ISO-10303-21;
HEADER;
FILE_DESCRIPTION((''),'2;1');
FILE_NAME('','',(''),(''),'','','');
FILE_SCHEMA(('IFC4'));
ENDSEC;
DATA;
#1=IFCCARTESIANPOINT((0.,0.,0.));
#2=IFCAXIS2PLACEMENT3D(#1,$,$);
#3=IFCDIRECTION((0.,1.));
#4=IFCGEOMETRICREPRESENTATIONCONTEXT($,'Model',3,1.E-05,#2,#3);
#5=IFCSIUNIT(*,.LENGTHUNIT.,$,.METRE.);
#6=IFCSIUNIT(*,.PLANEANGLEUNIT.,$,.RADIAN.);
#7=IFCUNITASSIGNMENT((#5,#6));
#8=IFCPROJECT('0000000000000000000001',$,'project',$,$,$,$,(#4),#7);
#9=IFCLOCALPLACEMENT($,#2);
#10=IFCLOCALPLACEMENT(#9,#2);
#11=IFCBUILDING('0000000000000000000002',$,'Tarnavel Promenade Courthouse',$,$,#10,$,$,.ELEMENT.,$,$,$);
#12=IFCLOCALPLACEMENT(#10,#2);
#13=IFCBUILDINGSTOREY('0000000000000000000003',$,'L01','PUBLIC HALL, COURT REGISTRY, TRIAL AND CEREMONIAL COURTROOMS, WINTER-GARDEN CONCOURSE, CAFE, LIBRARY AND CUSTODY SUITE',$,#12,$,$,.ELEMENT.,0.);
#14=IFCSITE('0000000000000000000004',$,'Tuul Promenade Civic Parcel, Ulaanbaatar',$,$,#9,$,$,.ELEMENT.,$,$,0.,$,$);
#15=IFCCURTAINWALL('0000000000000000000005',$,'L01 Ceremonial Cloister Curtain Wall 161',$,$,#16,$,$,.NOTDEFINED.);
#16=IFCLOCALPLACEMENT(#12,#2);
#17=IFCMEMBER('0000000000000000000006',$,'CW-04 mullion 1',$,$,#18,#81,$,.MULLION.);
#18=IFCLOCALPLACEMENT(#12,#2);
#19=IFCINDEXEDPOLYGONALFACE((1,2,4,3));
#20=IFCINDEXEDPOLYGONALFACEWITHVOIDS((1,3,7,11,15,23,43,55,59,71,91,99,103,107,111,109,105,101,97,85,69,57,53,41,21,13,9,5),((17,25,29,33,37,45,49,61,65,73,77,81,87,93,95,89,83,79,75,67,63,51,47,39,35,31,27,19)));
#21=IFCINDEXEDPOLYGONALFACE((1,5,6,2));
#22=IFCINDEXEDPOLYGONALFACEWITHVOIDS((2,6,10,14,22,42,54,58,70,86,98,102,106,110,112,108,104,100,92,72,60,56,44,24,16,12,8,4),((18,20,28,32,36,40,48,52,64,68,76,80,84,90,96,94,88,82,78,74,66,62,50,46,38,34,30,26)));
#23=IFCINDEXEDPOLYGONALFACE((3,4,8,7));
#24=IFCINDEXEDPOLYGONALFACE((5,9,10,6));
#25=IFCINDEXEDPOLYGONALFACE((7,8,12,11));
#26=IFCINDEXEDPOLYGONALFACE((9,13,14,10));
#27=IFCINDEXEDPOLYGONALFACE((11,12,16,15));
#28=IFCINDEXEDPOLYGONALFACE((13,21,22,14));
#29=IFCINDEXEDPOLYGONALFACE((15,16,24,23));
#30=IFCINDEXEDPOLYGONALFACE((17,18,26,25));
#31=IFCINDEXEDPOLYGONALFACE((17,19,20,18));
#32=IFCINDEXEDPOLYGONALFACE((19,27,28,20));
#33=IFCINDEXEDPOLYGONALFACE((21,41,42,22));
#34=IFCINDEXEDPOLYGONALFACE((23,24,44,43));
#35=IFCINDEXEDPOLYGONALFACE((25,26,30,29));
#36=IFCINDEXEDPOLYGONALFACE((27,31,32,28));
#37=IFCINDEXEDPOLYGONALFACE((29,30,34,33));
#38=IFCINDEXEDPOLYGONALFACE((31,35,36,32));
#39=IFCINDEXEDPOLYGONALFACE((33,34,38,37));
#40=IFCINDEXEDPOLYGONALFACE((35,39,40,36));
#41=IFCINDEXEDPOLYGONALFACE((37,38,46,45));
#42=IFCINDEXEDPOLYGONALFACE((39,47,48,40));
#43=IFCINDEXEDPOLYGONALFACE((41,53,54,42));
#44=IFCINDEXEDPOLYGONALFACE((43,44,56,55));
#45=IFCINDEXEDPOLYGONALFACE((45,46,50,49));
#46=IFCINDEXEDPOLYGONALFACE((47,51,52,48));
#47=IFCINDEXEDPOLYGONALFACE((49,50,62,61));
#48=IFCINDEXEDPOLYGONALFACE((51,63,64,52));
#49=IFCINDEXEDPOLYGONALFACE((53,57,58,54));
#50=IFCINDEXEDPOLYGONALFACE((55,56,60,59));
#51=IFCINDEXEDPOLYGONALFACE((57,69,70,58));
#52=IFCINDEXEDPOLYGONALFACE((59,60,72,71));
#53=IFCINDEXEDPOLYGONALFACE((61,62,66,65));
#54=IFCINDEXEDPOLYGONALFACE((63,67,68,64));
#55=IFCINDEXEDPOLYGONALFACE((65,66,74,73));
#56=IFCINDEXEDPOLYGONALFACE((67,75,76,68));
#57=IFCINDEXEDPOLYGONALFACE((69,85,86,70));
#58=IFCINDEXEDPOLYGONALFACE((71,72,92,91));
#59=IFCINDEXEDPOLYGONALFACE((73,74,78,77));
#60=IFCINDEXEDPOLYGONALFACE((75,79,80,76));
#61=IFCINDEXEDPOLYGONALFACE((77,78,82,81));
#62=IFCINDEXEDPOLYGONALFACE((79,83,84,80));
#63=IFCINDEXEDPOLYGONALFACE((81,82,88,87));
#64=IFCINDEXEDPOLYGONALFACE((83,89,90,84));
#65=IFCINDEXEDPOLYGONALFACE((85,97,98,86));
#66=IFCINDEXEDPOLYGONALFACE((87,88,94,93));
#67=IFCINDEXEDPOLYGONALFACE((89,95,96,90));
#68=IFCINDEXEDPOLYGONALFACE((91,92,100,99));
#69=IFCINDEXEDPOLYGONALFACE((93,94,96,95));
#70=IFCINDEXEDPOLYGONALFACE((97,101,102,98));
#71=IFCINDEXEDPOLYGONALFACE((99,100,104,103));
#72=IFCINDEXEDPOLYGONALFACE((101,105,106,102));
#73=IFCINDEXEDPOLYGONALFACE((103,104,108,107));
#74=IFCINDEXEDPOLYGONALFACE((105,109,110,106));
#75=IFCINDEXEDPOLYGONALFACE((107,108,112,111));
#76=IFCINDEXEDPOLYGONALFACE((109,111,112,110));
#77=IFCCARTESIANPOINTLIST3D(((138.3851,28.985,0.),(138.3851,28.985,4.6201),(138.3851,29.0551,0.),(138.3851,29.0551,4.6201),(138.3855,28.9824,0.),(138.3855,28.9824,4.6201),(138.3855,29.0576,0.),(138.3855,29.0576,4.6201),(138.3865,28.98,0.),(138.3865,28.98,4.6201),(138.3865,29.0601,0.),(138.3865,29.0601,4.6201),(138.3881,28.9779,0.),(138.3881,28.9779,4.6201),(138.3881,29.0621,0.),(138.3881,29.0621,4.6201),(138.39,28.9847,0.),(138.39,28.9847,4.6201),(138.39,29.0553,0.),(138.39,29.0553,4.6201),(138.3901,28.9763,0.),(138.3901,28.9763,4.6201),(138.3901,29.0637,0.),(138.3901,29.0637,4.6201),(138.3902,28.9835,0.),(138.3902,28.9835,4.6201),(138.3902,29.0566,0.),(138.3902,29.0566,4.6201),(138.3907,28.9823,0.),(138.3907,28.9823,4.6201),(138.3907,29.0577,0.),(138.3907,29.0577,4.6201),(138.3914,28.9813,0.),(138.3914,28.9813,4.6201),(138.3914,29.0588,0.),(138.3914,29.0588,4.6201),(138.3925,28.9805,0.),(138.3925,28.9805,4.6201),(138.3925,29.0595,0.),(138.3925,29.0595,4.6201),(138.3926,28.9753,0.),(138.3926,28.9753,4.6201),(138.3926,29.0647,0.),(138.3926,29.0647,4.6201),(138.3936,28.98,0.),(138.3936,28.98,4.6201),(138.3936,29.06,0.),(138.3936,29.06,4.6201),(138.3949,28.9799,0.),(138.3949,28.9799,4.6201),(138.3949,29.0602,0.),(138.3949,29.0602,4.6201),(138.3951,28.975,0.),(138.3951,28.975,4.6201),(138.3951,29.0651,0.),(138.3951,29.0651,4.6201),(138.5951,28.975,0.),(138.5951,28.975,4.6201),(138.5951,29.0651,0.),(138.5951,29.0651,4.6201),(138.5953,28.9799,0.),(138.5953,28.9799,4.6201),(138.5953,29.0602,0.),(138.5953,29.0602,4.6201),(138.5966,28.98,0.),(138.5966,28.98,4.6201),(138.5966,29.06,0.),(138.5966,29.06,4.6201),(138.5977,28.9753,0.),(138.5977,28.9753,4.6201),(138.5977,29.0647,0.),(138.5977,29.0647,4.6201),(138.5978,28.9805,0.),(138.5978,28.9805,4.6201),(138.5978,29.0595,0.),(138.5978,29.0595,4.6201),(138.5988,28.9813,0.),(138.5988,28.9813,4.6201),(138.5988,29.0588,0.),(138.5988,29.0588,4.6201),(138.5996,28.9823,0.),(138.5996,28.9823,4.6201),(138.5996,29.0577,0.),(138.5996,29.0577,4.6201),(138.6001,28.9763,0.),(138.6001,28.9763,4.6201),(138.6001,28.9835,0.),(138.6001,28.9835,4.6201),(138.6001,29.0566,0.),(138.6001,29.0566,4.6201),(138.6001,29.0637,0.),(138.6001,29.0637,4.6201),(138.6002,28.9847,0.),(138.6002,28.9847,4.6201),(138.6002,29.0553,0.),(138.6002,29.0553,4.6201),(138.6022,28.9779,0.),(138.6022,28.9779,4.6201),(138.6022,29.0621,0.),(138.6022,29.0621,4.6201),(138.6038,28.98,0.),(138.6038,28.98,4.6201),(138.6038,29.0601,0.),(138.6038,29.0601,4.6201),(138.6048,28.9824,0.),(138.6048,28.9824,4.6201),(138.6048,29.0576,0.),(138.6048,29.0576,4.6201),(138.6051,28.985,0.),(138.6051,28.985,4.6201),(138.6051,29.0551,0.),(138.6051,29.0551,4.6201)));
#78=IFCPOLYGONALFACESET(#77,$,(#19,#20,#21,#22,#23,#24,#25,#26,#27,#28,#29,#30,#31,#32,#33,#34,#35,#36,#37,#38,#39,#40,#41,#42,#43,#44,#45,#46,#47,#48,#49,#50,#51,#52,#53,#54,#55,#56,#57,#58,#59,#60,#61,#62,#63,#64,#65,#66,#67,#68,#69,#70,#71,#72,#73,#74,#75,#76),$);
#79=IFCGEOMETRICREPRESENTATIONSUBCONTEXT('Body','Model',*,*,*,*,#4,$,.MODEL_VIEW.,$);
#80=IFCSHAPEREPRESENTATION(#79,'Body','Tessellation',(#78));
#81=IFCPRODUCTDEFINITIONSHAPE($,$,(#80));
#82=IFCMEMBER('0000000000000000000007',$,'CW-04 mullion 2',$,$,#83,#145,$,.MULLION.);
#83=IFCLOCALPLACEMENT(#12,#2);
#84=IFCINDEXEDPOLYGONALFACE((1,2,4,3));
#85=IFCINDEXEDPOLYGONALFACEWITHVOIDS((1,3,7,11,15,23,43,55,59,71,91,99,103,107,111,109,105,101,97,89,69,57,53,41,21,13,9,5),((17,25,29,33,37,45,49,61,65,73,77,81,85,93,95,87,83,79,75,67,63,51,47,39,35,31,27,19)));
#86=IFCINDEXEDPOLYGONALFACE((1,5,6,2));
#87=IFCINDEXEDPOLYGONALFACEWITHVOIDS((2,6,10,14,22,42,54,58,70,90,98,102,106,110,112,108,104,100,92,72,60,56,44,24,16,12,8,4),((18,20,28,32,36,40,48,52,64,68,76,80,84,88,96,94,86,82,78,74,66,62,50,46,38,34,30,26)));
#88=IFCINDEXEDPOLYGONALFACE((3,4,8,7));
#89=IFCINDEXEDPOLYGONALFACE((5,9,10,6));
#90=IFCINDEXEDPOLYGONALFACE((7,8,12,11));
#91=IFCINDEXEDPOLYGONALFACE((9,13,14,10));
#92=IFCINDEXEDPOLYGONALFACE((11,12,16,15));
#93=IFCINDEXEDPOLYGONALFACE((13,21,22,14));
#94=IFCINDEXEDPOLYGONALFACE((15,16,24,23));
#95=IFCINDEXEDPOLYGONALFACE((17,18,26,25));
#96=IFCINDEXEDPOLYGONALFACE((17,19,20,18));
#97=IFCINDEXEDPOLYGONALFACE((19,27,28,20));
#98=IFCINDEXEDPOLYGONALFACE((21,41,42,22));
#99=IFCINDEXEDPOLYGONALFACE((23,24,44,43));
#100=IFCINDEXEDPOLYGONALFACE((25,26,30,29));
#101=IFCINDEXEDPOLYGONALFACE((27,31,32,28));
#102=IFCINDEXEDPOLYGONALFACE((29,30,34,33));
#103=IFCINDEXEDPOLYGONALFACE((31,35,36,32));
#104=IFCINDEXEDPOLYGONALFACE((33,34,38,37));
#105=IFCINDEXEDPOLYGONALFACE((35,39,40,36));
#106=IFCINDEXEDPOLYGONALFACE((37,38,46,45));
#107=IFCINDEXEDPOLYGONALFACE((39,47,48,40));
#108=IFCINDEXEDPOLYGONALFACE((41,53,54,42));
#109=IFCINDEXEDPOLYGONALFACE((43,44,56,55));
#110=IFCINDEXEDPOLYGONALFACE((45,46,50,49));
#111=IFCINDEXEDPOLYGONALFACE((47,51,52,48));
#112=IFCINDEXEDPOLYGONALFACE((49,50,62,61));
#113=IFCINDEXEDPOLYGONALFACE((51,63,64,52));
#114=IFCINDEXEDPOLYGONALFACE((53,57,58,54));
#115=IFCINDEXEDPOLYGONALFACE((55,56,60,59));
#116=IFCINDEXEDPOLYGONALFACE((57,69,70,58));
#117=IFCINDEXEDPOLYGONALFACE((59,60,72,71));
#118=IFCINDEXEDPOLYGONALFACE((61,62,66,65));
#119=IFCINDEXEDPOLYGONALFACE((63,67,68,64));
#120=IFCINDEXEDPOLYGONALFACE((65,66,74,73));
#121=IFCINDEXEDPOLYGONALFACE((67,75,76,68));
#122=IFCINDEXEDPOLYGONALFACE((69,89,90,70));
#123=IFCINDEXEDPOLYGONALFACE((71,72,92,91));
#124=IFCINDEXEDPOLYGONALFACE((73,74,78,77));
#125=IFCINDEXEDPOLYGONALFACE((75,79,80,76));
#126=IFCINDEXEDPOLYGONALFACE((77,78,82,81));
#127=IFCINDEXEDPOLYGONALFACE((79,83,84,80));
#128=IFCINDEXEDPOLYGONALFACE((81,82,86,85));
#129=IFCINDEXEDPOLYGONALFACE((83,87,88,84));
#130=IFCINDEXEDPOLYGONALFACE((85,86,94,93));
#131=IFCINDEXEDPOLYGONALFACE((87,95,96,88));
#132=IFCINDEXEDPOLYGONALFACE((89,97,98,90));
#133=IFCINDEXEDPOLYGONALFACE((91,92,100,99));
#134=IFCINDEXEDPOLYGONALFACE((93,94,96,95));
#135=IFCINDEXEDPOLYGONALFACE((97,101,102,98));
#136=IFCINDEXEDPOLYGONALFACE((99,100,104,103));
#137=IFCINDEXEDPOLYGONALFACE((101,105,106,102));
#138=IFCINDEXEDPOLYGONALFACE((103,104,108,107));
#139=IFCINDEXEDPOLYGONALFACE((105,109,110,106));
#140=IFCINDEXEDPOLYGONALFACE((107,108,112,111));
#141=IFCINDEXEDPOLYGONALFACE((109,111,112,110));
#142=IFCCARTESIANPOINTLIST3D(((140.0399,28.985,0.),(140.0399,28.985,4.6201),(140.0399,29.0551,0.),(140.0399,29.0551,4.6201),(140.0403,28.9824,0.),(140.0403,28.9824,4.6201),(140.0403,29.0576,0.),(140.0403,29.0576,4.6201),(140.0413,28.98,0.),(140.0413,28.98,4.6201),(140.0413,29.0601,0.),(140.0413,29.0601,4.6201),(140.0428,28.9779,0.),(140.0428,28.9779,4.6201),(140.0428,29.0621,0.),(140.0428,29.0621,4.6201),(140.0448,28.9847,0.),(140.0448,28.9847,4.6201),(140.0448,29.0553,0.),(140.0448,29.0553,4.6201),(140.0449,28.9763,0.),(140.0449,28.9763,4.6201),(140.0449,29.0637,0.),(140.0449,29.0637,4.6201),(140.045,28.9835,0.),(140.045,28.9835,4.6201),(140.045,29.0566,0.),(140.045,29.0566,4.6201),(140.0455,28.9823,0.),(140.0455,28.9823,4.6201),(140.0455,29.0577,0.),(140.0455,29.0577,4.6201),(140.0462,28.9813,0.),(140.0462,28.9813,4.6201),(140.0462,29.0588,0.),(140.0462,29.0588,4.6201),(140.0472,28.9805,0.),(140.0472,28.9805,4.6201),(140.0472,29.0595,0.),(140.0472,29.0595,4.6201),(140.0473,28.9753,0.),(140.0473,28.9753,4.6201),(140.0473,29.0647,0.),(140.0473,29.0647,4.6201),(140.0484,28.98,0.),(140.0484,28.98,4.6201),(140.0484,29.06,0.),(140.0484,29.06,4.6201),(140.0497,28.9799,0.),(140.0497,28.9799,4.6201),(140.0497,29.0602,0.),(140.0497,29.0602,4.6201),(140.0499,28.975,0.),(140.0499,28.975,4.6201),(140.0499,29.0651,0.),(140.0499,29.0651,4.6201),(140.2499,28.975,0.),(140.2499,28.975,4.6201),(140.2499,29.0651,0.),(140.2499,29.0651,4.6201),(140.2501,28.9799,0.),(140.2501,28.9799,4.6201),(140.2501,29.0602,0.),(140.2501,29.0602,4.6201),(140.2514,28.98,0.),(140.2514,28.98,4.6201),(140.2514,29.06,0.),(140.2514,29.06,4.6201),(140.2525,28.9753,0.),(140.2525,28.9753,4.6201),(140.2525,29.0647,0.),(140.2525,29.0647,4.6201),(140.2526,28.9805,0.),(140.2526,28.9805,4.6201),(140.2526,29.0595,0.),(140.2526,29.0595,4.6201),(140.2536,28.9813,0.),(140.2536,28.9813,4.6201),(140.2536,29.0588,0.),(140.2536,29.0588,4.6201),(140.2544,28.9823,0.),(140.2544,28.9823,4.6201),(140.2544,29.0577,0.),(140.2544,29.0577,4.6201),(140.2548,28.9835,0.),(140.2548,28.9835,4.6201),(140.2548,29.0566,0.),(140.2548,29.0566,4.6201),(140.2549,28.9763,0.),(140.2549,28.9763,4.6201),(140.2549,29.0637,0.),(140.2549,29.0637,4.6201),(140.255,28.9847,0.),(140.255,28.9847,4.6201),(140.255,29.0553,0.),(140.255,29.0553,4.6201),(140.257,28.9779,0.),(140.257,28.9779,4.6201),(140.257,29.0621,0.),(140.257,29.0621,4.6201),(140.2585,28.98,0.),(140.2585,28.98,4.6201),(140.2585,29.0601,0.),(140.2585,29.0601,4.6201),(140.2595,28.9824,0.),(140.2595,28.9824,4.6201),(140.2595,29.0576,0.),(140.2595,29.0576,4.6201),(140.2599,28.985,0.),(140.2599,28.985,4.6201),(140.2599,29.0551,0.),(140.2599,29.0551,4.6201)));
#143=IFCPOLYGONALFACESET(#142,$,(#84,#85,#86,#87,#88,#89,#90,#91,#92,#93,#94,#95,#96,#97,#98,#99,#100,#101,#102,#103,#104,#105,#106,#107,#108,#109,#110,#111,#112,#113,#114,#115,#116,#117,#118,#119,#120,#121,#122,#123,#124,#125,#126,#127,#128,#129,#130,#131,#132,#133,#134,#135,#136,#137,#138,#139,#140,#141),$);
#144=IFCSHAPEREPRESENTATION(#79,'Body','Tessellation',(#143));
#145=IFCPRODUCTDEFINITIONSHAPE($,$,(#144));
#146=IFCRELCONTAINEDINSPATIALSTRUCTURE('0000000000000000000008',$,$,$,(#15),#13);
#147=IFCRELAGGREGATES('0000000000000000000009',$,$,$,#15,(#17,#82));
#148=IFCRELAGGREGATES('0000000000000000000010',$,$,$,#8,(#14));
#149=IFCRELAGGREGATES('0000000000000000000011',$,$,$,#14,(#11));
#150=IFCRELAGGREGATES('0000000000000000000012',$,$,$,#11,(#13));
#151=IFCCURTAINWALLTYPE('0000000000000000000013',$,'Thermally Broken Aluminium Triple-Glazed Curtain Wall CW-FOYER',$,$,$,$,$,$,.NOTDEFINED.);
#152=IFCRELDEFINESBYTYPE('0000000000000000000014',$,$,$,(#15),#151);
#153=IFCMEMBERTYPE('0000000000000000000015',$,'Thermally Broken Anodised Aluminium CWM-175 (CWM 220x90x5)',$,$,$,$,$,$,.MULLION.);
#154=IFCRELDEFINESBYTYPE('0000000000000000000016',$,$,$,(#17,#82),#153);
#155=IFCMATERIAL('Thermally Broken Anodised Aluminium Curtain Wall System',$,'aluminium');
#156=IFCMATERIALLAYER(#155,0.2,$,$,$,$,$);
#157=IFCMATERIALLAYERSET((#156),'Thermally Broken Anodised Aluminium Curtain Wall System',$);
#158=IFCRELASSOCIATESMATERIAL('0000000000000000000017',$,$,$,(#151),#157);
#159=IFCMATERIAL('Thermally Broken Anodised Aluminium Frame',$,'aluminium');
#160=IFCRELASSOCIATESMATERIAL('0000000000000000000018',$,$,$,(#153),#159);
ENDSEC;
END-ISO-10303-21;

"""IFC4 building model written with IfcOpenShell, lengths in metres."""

from ifc_helpers import new_model, si_unit, direction, frame, origin, origin_2d, place, context, subcontext, project, spatial, hollow_rectangle, extrude, material, layer, layer_set, material_profile, profile_set, type_object, element, aggregate, save


model = new_model("IFC4")

# Units and contexts
model_context = context("Model", 3, precision=1e-05, world=origin(), true_north=direction((0.0, 1.0)))
body_context = subcontext(model_context, "Body", "Model", "MODEL_VIEW")
ifc_project = project(units=[si_unit("LENGTHUNIT", "METRE"), si_unit("PLANEANGLEUNIT", "RADIAN")], contexts=[model_context])

# Site, building, storey
site_placement = place(None, origin())
site = spatial("IfcSite", under=ifc_project, at=site_placement, Name="Tuul Promenade Civic Parcel, Ulaanbaatar", CompositionType="ELEMENT", RefElevation=0.0)
building_placement = place(site_placement, origin())
building = spatial("IfcBuilding", under=site, at=building_placement, Name="Tarnavel Promenade Courthouse", CompositionType="ELEMENT")
storey_placement = place(building_placement, origin())
storey = spatial("IfcBuildingStorey", under=building, at=storey_placement, Name="L01", Description="PUBLIC HALL, COURT REGISTRY, TRIAL AND CEREMONIAL COURTROOMS, WINTER-GARDEN CONCOURSE, CAFE, LIBRARY AND CUSTODY SUITE", CompositionType="ELEMENT", Elevation=0.0)

# Curtain wall, members
ifc_material_1 = material(Name="Thermally Broken Anodised Aluminium Curtain Wall System", Category="aluminium")
ifc_layer_1 = layer(ifc_material_1, 0.2)
ifc_layer_set_1 = layer_set([ifc_layer_1], Name="Thermally Broken Anodised Aluminium Curtain Wall System")
curtain_wall_type = type_object("IfcCurtainWallType", Name="Thermally Broken Aluminium Triple-Glazed Curtain Wall CW-FOYER", PredefinedType="NOTDEFINED", material=ifc_layer_set_1)
ifc_material_2 = material(Name="Thermally Broken Anodised Aluminium Frame", Category="aluminium")
ifc_material_profile_1 = material_profile(ifc_material_2, hollow_rectangle(XDim=0.0901, YDim=0.22, WallThickness=0.0049, InnerFilletRadius=0.0049, OuterFilletRadius=0.01, at=origin_2d()), Name="CWM 220x90x5")
ifc_profile_set_1 = profile_set([ifc_material_profile_1], Name="Thermally Broken Anodised Aluminium Frame")
member_type_1 = type_object("IfcMemberType", Name="Thermally Broken Anodised Aluminium CWM-175 (CWM 220x90x5)", PredefinedType="MULLION", material=ifc_profile_set_1)
curtain_wall_1_placement = place(storey_placement, origin())
curtain_wall_1 = element("IfcCurtainWall", 1, at=curtain_wall_1_placement, inside=storey, type_object=curtain_wall_type, Name="L01 Ceremonial Cloister Curtain Wall 161", PredefinedType="NOTDEFINED")
member_1_placement = place(storey_placement, frame((138.4951, 29.02, 0.0), z_axis=(0.0, 0.0, 1.0), x_axis=(0.0, 1.0, 0.0)))
member_1 = element("IfcMember", 2, at=member_1_placement, type_object=member_type_1, Name="CW-04 mullion 1", PredefinedType="MULLION", context=body_context, shape_type="SweptSolid", body=[
    extrude(hollow_rectangle(XDim=0.0901, YDim=0.22, WallThickness=0.0049, InnerFilletRadius=0.0049, OuterFilletRadius=0.01, at=origin_2d()), origin(), (0.0, 0.0, 1.0), 4.6201),
])
member_2_placement = place(storey_placement, frame((140.1499, 29.02, 0.0), z_axis=(0.0, 0.0, 1.0), x_axis=(0.0, 1.0, 0.0)))
member_2 = element("IfcMember", 3, at=member_2_placement, type_object=member_type_1, Name="CW-04 mullion 2", PredefinedType="MULLION", context=body_context, shape_type="SweptSolid", body=[
    extrude(hollow_rectangle(XDim=0.0901, YDim=0.22, WallThickness=0.0049, InnerFilletRadius=0.0049, OuterFilletRadius=0.01, at=origin_2d()), origin(), (0.0, 0.0, 1.0), 4.6201),
])

aggregate(curtain_wall_1, [member_1, member_2])

save(model, "model.ifc")
